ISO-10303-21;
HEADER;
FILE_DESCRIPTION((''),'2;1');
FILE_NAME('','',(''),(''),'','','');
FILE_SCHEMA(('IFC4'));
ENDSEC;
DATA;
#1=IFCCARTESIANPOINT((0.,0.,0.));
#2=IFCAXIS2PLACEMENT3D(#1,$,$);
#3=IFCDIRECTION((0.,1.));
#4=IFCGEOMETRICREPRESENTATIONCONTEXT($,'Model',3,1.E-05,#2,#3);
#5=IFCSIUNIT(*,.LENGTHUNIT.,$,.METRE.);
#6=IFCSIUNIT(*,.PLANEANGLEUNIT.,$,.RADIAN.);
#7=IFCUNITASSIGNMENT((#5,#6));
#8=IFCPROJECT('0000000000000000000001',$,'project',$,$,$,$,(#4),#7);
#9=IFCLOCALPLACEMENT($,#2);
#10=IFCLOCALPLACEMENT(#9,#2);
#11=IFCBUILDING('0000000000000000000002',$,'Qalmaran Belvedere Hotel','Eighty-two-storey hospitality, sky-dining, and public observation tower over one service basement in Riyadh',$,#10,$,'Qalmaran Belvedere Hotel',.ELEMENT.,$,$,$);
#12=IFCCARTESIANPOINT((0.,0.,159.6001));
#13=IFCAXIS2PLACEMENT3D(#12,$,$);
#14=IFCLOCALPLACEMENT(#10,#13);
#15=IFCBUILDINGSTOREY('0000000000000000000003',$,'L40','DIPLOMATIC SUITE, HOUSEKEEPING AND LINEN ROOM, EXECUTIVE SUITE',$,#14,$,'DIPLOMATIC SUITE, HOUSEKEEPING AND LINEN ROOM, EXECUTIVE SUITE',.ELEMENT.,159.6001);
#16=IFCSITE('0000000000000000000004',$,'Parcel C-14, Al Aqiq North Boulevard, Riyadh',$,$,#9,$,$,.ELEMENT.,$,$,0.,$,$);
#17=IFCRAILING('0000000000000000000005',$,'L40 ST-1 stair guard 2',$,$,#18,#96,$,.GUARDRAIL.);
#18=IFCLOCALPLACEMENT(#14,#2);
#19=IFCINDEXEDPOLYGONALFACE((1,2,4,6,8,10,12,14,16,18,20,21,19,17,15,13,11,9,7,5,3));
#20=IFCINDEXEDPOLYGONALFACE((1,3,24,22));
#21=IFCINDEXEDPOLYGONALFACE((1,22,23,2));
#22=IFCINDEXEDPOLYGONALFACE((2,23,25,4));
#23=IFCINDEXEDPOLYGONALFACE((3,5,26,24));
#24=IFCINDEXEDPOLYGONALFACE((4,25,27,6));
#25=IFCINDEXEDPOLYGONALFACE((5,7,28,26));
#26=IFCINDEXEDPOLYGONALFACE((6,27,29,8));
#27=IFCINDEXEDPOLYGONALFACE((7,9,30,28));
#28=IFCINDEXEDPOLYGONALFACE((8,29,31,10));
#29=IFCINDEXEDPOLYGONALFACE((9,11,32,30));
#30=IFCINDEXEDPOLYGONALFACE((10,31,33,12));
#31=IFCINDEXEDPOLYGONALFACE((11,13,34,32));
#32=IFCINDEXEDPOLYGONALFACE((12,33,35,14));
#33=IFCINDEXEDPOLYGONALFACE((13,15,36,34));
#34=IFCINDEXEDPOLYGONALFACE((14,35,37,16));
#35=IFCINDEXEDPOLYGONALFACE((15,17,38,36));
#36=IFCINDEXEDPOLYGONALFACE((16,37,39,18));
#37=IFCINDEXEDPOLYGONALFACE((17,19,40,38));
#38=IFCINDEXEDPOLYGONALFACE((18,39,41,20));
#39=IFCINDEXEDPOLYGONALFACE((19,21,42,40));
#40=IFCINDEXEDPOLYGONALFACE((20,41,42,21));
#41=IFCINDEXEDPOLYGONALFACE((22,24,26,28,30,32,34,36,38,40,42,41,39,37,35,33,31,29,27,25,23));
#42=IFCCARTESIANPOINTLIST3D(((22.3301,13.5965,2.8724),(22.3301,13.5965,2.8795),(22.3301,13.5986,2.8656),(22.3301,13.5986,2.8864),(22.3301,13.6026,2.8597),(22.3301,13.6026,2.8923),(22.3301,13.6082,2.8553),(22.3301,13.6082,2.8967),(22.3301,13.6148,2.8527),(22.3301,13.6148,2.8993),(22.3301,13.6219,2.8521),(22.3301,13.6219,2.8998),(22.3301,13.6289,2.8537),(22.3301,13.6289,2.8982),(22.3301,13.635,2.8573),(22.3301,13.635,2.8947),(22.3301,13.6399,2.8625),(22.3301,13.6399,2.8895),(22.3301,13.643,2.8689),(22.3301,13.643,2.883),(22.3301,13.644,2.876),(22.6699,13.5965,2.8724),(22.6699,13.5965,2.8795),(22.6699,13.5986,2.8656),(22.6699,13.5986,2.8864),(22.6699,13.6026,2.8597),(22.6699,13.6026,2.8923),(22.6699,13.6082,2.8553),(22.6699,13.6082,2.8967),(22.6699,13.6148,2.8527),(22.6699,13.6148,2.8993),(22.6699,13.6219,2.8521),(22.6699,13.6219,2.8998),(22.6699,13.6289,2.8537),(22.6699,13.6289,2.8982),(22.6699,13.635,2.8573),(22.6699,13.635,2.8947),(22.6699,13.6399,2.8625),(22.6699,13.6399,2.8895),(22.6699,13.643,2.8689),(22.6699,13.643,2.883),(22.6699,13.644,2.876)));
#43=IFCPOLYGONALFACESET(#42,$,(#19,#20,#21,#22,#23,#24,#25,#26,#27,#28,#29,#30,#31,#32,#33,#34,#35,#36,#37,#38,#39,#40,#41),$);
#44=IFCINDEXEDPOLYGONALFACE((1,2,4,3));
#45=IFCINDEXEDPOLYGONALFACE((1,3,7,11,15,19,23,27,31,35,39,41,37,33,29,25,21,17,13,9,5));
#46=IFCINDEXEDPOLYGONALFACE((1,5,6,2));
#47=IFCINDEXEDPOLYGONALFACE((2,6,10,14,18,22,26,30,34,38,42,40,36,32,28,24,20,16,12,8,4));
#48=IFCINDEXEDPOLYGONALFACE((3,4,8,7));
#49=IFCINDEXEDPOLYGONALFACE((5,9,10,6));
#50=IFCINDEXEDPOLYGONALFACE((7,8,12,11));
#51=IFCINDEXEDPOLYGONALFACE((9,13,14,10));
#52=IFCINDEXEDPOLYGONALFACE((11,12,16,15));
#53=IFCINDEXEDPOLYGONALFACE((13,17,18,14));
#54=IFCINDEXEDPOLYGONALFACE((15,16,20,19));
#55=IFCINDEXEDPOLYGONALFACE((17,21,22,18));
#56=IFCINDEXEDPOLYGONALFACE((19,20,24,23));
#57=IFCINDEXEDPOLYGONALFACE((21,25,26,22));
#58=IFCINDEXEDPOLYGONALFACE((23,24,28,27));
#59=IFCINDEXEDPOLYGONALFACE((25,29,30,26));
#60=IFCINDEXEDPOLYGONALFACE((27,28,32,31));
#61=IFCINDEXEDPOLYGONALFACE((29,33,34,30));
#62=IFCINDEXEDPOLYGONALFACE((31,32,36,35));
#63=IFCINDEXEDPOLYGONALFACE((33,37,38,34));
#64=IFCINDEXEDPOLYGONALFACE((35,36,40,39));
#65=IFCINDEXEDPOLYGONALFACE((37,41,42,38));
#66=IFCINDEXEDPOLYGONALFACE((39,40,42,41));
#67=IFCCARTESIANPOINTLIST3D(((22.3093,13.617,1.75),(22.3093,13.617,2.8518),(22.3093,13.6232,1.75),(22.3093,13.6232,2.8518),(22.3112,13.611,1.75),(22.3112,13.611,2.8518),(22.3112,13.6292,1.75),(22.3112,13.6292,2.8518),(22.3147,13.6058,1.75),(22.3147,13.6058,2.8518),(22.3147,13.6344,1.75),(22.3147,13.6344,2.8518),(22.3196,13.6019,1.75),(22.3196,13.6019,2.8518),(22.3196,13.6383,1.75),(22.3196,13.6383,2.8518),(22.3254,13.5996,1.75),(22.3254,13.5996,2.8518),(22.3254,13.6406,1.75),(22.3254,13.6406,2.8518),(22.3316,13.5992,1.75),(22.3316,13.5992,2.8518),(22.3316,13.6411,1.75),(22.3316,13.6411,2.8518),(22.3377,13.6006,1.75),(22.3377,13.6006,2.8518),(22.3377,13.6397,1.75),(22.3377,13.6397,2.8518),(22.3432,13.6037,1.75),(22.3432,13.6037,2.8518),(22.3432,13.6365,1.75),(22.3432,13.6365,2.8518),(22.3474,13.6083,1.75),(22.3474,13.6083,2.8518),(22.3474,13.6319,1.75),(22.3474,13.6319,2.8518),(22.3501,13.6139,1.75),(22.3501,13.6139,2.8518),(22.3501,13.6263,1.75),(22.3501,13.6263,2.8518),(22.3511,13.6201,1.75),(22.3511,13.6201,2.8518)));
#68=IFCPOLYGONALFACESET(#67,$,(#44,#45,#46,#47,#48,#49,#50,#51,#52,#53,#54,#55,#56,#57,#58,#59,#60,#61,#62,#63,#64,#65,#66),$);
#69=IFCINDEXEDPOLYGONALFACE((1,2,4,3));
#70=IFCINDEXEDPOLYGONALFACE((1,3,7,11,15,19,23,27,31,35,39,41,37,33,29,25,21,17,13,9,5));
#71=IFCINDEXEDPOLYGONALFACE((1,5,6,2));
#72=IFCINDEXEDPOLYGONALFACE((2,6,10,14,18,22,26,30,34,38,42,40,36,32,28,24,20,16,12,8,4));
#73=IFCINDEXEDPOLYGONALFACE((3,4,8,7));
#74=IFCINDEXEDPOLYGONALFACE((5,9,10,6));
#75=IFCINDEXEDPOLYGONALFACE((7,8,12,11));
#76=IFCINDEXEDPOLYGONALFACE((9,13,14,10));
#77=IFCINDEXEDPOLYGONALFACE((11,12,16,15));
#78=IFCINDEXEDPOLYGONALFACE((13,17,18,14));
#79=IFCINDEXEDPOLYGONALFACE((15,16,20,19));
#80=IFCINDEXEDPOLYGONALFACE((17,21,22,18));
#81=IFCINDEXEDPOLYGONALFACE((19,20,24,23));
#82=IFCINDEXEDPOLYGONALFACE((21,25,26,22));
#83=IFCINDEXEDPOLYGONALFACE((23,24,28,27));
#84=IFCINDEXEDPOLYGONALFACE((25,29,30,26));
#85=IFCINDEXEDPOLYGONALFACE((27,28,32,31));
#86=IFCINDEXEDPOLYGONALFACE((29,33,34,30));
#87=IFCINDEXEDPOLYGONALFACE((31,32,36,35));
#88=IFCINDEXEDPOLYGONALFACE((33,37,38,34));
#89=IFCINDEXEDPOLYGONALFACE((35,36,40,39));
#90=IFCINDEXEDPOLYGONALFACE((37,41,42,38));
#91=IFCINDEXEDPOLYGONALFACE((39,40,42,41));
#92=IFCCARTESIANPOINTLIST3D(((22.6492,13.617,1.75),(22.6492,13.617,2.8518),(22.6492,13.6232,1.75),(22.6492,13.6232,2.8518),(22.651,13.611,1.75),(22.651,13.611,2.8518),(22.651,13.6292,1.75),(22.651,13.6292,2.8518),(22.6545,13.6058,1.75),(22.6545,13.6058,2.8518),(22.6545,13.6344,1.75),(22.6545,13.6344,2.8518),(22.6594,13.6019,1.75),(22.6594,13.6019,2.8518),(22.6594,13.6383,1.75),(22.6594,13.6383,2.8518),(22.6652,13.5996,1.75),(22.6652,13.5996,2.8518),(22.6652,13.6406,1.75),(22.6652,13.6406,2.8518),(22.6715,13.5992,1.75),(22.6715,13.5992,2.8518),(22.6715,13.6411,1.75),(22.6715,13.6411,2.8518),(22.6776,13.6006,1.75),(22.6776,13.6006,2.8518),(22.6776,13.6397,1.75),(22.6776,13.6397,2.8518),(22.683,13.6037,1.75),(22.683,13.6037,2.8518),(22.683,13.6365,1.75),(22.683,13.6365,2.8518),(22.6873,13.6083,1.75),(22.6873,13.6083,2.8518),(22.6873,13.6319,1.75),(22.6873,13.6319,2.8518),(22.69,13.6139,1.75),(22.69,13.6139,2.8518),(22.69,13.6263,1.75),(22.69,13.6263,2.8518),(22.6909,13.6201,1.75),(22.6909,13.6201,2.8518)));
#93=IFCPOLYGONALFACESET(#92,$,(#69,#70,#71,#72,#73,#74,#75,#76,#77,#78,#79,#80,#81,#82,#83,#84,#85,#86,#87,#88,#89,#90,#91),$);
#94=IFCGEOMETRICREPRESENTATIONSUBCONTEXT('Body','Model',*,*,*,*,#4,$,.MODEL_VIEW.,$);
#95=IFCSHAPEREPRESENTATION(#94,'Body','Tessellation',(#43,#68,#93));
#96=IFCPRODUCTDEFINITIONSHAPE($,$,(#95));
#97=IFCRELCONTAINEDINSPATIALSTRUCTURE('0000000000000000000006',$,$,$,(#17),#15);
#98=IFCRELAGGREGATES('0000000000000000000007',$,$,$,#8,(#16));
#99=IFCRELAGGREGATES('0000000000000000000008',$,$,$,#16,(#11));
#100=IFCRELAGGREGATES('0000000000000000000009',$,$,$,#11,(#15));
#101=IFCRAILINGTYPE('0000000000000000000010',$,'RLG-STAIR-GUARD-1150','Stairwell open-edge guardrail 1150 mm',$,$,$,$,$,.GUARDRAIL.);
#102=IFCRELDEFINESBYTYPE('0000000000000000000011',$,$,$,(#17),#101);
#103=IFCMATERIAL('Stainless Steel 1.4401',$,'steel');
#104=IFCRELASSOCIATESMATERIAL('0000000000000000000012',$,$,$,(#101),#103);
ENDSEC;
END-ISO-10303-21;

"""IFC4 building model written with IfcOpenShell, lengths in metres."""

from ifc_helpers import new_model, si_unit, direction, frame, origin, origin_2d, place, context, subcontext, project, spatial, circle, extrude, material, type_object, element, save


model = new_model("IFC4")

# Units and contexts
model_context = context("Model", 3, precision=1e-05, world=origin(), true_north=direction((0.0, 1.0)))
body_context = subcontext(model_context, "Body", "Model", "MODEL_VIEW")
ifc_project = project(units=[si_unit("LENGTHUNIT", "METRE"), si_unit("PLANEANGLEUNIT", "RADIAN")], contexts=[model_context])

# Site, building, storey
site_placement = place(None, origin())
site = spatial("IfcSite", under=ifc_project, at=site_placement, Name="Parcel C-14, Al Aqiq North Boulevard, Riyadh", CompositionType="ELEMENT", RefElevation=0.0)
building_placement = place(site_placement, origin())
building = spatial("IfcBuilding", under=site, at=building_placement, Name="Qalmaran Belvedere Hotel", Description="Eighty-two-storey hospitality, sky-dining, and public observation tower over one service basement in Riyadh", LongName="Qalmaran Belvedere Hotel", CompositionType="ELEMENT")
storey_placement = place(building_placement, frame((0.0, 0.0, 159.6001)))
storey = spatial("IfcBuildingStorey", under=building, at=storey_placement, Name="L40", Description="DIPLOMATIC SUITE, HOUSEKEEPING AND LINEN ROOM, EXECUTIVE SUITE", LongName="DIPLOMATIC SUITE, HOUSEKEEPING AND LINEN ROOM, EXECUTIVE SUITE", CompositionType="ELEMENT", Elevation=159.6001)

# Shared definitions
ifc_material_1 = material(Name="Stainless Steel 1.4401", Category="steel")

# Railing
railing_type_1 = type_object("IfcRailingType", Name="RLG-STAIR-GUARD-1150", Description="Stairwell open-edge guardrail 1150 mm", PredefinedType="GUARDRAIL", material=ifc_material_1)
railing_1_placement = place(storey_placement, frame((22.3301, 13.6201, 1.75)))
element("IfcRailing", 1, at=railing_1_placement, inside=storey, type_object=railing_type_1, Name="L40 ST-1 stair guard 2", PredefinedType="GUARDRAIL", context=body_context, shape_type="SweptSolid", body=[
    extrude(circle(Radius=0.0239, at=origin_2d()), frame((0.0, 0.0, 1.126), z_axis=(1.0, 0.0, 0.0), x_axis=(0.0, 1.0, 0.0)), (0.0, 0.0, 1.0), 0.3398),
    extrude(circle(Radius=0.021, at=origin_2d()), origin(), (0.0, 0.0, 1.0), 1.1018),
    extrude(circle(Radius=0.021, at=origin_2d()), frame((0.3398, 0.0, 0.0)), (0.0, 0.0, 1.0), 1.1018),
])

save(model, "model.ifc")
